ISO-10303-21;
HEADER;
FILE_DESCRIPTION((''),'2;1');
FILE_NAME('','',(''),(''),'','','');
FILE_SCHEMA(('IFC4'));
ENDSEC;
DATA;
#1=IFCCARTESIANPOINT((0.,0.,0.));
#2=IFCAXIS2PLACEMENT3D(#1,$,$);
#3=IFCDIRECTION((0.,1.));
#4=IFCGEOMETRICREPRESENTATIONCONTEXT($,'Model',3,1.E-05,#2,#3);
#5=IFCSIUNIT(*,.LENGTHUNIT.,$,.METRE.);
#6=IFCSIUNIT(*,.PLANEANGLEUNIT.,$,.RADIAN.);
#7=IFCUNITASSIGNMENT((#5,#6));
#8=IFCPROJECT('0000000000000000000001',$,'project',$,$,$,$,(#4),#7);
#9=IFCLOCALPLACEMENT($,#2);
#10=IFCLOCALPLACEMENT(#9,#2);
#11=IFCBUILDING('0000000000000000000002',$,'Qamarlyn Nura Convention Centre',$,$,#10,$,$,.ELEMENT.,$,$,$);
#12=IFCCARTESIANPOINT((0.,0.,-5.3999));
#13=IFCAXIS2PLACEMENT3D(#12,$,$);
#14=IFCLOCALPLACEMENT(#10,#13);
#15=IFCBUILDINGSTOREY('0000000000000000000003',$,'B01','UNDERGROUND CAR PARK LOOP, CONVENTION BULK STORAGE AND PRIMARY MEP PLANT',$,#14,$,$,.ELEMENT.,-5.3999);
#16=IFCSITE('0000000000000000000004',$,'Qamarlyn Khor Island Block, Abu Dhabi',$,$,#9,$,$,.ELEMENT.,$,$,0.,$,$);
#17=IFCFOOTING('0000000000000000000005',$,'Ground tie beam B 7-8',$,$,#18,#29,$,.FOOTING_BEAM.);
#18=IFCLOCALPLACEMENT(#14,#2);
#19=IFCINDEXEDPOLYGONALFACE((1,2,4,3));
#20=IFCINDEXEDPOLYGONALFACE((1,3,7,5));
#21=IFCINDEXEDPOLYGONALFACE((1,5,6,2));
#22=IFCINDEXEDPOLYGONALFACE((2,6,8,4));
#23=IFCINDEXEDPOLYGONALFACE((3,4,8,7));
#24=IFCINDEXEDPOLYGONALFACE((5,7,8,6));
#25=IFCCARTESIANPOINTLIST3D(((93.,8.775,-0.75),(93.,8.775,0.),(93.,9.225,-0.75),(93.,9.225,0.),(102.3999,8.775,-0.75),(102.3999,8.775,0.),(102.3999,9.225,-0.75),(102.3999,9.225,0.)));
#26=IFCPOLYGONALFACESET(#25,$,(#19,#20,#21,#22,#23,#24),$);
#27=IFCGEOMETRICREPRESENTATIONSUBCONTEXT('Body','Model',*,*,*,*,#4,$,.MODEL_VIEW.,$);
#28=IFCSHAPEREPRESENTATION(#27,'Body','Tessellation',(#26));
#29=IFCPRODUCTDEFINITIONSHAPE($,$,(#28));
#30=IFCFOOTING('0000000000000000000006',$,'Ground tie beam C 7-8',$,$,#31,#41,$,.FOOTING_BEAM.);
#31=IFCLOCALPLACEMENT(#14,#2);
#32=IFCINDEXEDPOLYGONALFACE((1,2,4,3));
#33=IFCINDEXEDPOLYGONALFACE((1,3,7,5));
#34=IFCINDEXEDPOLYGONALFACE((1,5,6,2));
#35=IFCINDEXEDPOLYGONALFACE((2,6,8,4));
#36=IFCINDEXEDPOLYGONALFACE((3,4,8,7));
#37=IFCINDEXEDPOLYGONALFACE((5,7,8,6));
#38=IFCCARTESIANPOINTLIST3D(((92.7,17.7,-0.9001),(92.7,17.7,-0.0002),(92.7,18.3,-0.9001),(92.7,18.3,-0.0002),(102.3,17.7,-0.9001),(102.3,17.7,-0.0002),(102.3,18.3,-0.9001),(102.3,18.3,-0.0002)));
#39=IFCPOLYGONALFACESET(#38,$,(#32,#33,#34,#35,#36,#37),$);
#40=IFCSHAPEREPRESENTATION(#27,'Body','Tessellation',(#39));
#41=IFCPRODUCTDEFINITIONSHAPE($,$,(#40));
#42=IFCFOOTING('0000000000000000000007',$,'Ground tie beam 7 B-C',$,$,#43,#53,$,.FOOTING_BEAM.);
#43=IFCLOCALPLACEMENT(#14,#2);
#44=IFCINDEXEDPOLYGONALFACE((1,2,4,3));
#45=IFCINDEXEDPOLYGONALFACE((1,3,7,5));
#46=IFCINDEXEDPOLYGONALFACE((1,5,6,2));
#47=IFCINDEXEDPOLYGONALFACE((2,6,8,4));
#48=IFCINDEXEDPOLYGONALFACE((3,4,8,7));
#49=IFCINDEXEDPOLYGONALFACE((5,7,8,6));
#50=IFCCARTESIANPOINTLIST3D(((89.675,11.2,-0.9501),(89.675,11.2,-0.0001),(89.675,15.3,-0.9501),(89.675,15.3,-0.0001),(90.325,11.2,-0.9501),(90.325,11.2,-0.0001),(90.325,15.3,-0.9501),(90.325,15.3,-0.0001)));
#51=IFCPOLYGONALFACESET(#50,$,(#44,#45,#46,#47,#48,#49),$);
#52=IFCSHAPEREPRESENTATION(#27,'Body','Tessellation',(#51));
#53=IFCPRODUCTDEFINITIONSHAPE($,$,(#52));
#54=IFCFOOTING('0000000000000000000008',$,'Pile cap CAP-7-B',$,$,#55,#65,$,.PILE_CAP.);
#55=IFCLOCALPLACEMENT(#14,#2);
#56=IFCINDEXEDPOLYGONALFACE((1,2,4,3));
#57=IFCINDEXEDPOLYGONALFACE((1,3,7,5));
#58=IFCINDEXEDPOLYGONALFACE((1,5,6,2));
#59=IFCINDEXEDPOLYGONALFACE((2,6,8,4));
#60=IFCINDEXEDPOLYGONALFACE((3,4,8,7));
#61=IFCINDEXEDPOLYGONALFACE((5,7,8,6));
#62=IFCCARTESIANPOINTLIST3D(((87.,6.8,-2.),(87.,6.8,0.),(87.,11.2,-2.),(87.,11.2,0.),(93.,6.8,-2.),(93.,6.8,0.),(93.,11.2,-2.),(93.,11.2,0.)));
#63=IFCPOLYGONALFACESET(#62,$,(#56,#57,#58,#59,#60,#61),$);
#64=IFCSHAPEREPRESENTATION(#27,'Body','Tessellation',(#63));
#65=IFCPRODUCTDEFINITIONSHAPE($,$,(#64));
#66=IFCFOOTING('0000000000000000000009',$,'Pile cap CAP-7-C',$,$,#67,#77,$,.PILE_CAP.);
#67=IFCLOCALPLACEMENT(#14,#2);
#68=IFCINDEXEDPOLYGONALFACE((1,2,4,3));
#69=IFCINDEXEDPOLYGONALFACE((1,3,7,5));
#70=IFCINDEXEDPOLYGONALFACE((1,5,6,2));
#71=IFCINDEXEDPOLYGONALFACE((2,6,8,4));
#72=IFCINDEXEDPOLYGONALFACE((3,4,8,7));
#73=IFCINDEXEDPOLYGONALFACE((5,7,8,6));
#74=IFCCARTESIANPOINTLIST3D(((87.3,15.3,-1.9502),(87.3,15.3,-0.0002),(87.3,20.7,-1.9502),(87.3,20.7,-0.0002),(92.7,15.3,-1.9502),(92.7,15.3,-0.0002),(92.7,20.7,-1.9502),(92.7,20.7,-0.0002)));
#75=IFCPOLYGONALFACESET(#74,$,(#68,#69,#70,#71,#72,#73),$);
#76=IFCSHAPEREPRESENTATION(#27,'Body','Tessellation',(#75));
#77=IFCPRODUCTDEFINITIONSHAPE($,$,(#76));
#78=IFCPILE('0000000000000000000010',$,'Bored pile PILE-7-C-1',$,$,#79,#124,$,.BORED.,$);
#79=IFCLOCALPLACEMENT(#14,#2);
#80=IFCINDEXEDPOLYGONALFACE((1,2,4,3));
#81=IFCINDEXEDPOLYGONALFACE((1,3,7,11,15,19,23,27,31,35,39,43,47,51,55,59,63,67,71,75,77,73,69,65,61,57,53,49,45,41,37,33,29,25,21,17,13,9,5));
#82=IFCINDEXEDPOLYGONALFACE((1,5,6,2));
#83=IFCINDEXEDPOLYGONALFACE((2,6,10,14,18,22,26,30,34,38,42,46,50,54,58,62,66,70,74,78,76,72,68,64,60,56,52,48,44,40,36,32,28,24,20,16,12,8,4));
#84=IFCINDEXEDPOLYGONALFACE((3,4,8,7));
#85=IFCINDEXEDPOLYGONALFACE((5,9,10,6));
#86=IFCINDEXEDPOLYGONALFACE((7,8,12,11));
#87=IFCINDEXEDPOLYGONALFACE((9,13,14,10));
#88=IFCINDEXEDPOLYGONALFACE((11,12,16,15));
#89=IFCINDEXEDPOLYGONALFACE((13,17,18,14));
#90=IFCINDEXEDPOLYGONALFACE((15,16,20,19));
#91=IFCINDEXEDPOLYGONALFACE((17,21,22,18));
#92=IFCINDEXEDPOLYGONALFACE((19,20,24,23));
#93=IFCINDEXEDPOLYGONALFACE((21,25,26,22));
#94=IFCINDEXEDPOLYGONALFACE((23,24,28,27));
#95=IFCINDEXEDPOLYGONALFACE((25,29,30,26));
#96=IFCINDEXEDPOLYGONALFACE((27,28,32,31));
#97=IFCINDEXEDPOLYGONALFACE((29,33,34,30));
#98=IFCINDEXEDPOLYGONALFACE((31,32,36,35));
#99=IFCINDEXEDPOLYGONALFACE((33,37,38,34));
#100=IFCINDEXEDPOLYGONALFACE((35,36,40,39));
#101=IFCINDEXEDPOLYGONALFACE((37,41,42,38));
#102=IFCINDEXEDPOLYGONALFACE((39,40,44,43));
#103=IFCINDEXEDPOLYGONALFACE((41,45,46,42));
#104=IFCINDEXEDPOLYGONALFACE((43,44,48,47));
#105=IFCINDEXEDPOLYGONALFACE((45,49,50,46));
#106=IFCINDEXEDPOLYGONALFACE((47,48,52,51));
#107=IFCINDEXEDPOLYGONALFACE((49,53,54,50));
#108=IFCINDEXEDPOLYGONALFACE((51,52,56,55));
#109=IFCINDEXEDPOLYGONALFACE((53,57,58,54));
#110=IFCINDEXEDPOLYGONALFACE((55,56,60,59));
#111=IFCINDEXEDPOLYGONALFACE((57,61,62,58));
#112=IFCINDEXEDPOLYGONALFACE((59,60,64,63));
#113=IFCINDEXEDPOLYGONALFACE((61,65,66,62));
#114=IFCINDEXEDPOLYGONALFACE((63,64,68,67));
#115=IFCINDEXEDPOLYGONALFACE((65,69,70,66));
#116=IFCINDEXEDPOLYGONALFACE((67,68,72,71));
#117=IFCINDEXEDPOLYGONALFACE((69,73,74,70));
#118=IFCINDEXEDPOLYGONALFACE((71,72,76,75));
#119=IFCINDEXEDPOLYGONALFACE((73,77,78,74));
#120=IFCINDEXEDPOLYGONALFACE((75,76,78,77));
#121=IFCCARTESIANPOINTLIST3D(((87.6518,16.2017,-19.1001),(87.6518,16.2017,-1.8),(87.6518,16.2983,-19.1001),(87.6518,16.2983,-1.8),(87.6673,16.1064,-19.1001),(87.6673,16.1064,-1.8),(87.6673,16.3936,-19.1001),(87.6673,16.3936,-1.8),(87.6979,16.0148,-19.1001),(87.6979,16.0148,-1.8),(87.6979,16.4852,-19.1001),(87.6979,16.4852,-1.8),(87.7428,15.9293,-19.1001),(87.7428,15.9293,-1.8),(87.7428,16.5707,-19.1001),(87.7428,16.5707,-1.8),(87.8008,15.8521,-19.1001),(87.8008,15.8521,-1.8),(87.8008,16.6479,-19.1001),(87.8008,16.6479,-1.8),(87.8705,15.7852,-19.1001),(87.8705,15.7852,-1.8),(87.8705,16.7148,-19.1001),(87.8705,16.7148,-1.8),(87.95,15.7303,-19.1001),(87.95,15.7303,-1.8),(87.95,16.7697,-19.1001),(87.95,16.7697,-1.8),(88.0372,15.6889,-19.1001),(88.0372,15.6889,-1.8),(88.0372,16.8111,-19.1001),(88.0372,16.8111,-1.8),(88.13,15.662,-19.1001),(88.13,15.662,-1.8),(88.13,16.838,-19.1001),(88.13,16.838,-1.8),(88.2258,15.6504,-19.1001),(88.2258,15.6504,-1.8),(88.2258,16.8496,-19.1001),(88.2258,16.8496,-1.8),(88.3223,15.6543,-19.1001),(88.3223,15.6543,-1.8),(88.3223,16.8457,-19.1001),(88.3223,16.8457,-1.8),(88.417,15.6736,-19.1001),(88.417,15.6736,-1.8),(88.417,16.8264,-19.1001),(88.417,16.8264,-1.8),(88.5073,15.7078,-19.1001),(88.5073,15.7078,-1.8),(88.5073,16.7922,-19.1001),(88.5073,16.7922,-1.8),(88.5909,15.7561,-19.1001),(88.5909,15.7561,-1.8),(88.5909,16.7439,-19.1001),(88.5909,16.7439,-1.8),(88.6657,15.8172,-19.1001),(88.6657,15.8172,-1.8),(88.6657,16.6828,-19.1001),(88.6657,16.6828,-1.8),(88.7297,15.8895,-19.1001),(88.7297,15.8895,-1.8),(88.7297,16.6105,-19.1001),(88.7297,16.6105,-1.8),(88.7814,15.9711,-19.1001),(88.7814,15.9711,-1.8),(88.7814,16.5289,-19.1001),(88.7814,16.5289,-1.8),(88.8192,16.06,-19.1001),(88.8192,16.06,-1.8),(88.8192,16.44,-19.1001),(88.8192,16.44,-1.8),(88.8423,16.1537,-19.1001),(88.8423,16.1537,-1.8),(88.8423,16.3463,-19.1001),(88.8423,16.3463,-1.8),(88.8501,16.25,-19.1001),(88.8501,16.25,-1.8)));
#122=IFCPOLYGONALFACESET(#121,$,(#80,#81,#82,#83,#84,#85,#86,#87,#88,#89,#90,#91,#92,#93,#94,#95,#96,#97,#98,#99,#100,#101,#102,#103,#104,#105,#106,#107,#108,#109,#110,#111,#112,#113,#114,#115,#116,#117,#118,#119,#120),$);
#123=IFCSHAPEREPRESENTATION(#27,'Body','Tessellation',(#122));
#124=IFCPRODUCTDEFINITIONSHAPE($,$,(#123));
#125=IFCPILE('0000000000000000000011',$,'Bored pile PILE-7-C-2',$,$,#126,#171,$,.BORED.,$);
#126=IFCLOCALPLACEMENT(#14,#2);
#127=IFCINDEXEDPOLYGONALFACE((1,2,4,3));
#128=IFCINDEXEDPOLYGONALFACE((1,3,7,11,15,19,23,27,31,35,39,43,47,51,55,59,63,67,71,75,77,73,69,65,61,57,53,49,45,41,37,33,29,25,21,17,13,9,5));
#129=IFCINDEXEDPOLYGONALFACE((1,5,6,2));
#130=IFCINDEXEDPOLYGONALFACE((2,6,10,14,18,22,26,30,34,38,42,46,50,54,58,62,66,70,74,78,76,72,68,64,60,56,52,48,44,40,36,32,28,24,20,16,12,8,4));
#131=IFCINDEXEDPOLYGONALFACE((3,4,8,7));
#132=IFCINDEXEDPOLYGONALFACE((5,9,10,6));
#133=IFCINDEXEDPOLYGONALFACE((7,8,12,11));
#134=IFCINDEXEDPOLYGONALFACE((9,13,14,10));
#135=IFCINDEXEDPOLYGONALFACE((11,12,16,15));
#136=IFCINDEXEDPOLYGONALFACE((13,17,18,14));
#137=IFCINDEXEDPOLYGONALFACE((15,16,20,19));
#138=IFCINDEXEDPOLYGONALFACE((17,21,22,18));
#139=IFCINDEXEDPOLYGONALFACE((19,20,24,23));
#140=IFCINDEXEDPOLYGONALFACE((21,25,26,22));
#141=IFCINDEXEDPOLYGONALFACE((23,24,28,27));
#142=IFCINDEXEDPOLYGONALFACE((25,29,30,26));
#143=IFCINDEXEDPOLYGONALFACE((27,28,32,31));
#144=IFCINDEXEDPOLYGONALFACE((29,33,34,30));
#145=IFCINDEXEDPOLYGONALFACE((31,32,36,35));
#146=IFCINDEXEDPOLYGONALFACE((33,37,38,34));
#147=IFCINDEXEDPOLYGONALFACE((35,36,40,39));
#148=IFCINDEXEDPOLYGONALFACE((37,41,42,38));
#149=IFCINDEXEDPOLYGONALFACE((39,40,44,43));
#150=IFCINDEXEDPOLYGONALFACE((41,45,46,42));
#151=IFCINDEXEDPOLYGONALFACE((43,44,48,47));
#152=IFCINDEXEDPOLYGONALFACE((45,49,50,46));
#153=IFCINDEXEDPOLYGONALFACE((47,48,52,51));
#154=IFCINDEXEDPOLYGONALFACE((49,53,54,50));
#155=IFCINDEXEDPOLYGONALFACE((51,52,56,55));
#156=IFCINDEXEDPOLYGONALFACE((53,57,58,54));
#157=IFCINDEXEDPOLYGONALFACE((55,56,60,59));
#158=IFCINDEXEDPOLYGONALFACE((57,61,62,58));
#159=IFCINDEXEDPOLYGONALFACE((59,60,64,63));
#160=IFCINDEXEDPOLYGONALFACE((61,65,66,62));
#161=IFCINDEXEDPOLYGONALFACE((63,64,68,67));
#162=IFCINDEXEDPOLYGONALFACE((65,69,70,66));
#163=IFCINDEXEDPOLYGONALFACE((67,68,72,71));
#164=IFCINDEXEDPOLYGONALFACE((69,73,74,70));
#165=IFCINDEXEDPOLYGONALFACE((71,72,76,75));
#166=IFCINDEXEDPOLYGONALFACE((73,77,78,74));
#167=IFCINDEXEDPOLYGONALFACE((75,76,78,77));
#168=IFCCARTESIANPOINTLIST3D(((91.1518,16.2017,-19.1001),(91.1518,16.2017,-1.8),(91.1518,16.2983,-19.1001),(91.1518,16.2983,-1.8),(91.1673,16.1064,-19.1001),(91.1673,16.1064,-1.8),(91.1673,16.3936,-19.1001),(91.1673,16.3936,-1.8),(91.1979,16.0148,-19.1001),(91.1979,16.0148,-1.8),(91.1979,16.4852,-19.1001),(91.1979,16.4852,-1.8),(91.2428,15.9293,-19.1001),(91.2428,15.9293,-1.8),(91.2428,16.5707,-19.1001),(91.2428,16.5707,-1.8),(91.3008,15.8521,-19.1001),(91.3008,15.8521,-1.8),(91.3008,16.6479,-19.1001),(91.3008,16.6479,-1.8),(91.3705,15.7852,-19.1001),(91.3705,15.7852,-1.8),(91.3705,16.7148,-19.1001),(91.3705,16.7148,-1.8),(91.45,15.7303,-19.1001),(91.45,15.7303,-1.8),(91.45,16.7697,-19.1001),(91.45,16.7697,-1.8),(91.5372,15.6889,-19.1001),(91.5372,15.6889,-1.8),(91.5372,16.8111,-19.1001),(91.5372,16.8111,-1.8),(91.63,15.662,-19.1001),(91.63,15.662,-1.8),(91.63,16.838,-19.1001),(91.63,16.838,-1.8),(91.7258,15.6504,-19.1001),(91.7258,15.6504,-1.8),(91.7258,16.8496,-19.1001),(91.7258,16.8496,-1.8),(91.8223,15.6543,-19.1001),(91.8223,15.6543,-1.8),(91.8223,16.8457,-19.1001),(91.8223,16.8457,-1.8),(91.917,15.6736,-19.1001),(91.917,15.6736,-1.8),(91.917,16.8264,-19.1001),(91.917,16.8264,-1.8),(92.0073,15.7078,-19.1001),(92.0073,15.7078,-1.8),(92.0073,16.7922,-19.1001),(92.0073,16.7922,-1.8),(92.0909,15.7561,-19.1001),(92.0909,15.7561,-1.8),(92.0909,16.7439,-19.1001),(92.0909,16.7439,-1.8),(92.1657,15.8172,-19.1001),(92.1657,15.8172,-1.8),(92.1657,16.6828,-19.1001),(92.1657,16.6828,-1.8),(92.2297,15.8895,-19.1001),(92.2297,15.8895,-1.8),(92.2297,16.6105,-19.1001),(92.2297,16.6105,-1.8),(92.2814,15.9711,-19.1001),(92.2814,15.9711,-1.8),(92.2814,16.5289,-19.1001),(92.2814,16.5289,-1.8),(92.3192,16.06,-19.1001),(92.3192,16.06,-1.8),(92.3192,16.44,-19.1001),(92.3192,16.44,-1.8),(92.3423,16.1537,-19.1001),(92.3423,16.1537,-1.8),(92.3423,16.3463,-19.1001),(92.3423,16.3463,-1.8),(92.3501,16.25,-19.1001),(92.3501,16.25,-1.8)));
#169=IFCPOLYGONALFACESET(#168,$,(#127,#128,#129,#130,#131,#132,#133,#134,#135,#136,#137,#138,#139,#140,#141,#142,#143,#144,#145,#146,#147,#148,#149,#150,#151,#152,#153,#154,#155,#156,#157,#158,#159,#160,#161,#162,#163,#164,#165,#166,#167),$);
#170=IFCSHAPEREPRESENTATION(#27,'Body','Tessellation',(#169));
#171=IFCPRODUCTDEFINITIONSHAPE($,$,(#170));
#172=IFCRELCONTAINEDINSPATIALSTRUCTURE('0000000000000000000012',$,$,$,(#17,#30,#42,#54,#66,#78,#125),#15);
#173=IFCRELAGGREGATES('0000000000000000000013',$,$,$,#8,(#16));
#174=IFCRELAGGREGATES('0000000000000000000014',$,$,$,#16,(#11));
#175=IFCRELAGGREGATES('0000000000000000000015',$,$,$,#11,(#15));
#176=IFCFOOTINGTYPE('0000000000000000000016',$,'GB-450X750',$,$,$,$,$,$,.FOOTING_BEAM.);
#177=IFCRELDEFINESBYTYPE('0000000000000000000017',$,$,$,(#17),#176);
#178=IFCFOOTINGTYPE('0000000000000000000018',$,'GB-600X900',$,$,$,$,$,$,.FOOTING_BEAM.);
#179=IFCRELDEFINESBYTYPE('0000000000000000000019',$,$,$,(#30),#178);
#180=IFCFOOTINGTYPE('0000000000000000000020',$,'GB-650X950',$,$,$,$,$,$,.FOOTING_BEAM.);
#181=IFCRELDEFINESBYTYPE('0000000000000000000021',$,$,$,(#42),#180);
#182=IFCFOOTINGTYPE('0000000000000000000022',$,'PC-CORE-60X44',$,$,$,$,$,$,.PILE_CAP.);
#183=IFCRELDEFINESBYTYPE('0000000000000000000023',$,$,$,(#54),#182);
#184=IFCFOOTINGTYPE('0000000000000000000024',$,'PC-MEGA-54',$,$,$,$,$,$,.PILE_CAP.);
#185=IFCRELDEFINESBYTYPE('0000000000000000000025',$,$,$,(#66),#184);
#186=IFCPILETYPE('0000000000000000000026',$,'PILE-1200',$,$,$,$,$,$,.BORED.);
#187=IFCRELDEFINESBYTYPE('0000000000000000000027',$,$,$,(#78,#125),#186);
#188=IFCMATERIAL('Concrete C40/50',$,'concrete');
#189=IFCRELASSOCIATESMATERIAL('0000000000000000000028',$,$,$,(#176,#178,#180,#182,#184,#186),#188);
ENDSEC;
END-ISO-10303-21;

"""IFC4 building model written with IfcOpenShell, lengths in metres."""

from ifc_helpers import new_model, si_unit, direction, frame, origin, origin_2d, place, context, subcontext, project, spatial, rectangle, circle, extrude, material, material_profile, profile_set, type_object, element, save


model = new_model("IFC4")

# Units and contexts
model_context = context("Model", 3, precision=1e-05, world=origin(), true_north=direction((0.0, 1.0)))
body_context = subcontext(model_context, "Body", "Model", "MODEL_VIEW")
ifc_project = project(units=[si_unit("LENGTHUNIT", "METRE"), si_unit("PLANEANGLEUNIT", "RADIAN")], contexts=[model_context])

# Site, building, storey
site_placement = place(None, origin())
site = spatial("IfcSite", under=ifc_project, at=site_placement, Name="Qamarlyn Khor Island Block, Abu Dhabi", CompositionType="ELEMENT", RefElevation=0.0)
building_placement = place(site_placement, origin())
building = spatial("IfcBuilding", under=site, at=building_placement, Name="Qamarlyn Nura Convention Centre", CompositionType="ELEMENT")
storey_placement = place(building_placement, frame((0.0, 0.0, -5.3999)))
storey = spatial("IfcBuildingStorey", under=building, at=storey_placement, Name="B01", Description="UNDERGROUND CAR PARK LOOP, CONVENTION BULK STORAGE AND PRIMARY MEP PLANT", CompositionType="ELEMENT", Elevation=-5.3999)

# Footings
ifc_material_1 = material(Name="Concrete C40/50", Category="concrete")
ifc_material_profile_1 = material_profile(ifc_material_1, rectangle(XDim=0.45, YDim=0.75, at=origin_2d()), Name="RC GB 450x750")
ifc_profile_set_1 = profile_set([ifc_material_profile_1], Name="Concrete C40/50")
footing_type_1 = type_object("IfcFootingType", Name="GB-450X750", PredefinedType="FOOTING_BEAM", material=ifc_profile_set_1)
footing_1_placement = place(storey_placement, frame((93.0, 9.0, -0.375), z_axis=(1.0, 0.0, 0.0), x_axis=(0.0, 1.0, 0.0)))
element("IfcFooting", 1, at=footing_1_placement, inside=storey, type_object=footing_type_1, Name="Ground tie beam B 7-8", PredefinedType="FOOTING_BEAM", context=body_context, shape_type="SweptSolid", body=[
    extrude(rectangle(XDim=0.45, YDim=0.75, at=origin_2d()), origin(), (0.0, 0.0, 1.0), 9.3999),
])
ifc_material_profile_2 = material_profile(ifc_material_1, rectangle(XDim=0.6001, YDim=0.8999, at=origin_2d()), Name="RC GB 600x900")
ifc_profile_set_2 = profile_set([ifc_material_profile_2], Name="Concrete C40/50")
footing_type_2 = type_object("IfcFootingType", Name="GB-600X900", PredefinedType="FOOTING_BEAM", material=ifc_profile_set_2)
footing_2_placement = place(storey_placement, frame((92.7, 18.0, -0.4502), z_axis=(1.0, 0.0, 0.0), x_axis=(0.0, 1.0, 0.0)))
element("IfcFooting", 2, at=footing_2_placement, inside=storey, type_object=footing_type_2, Name="Ground tie beam C 7-8", PredefinedType="FOOTING_BEAM", context=body_context, shape_type="SweptSolid", body=[
    extrude(rectangle(XDim=0.6001, YDim=0.8999, at=origin_2d()), origin(), (0.0, 0.0, 1.0), 9.6001),
])
ifc_material_profile_3 = material_profile(ifc_material_1, rectangle(XDim=0.6499, YDim=0.95, at=origin_2d()), Name="RC GB 650x950")
ifc_profile_set_3 = profile_set([ifc_material_profile_3], Name="Concrete C40/50")
footing_type_3 = type_object("IfcFootingType", Name="GB-650X950", PredefinedType="FOOTING_BEAM", material=ifc_profile_set_3)
footing_3_placement = place(storey_placement, frame((90.0, 11.2, -0.4751), z_axis=(0.0, 1.0, 0.0), x_axis=(-1.0, 0.0, 0.0)))
element("IfcFooting", 3, at=footing_3_placement, inside=storey, type_object=footing_type_3, Name="Ground tie beam 7 B-C", PredefinedType="FOOTING_BEAM", context=body_context, shape_type="SweptSolid", body=[
    extrude(rectangle(XDim=0.6499, YDim=0.95, at=origin_2d()), origin(), (0.0, 0.0, 1.0), 4.1001),
])
footing_type_4 = type_object("IfcFootingType", Name="PC-CORE-60X44", PredefinedType="PILE_CAP", material=ifc_material_1)
footing_4_placement = place(storey_placement, frame((90.0, 9.0, -2.0), z_axis=(0.0, 0.0, 1.0), x_axis=(1.0, 0.0, 0.0)))
element("IfcFooting", 4, at=footing_4_placement, inside=storey, type_object=footing_type_4, Name="Pile cap CAP-7-B", PredefinedType="PILE_CAP", context=body_context, shape_type="SweptSolid", body=[
    extrude(rectangle(XDim=6.0, YDim=4.3999, at=origin_2d()), origin(), (0.0, 0.0, 1.0), 2.0),
])
footing_type_5 = type_object("IfcFootingType", Name="PC-MEGA-54", PredefinedType="PILE_CAP", material=ifc_material_1)
footing_5_placement = place(storey_placement, frame((90.0, 18.0, -1.9502), z_axis=(0.0, 0.0, 1.0), x_axis=(1.0, 0.0, 0.0)))
element("IfcFooting", 5, at=footing_5_placement, inside=storey, type_object=footing_type_5, Name="Pile cap CAP-7-C", PredefinedType="PILE_CAP", context=body_context, shape_type="SweptSolid", body=[
    extrude(rectangle(XDim=5.3999, YDim=5.3999, at=origin_2d()), origin(), (0.0, 0.0, 1.0), 1.95),
])

# Piles
ifc_material_profile_4 = material_profile(ifc_material_1, circle(Radius=0.6001, at=origin_2d()), Name="BORED PILE 1200")
ifc_profile_set_4 = profile_set([ifc_material_profile_4], Name="Concrete C40/50")
pile_type_1 = type_object("IfcPileType", Name="PILE-1200", PredefinedType="BORED", material=ifc_profile_set_4)
for number, where, z_axis, x_axis, name in (
    (6, (88.25, 16.25, -1.8), (0.0, 0.0, -1.0), (1.0, 0.0, 0.0), "Bored pile PILE-7-C-1"),
    (7, (91.75, 16.25, -1.8), (0.0, 0.0, -1.0), (1.0, 0.0, 0.0), "Bored pile PILE-7-C-2"),
):
    element("IfcPile", number, at=place(storey_placement, frame(where, z_axis=z_axis, x_axis=x_axis)), inside=storey, type_object=pile_type_1, Name=name, PredefinedType="BORED", context=body_context, shape_type="SweptSolid", body=[
        extrude(circle(Radius=0.6001, at=origin_2d()), origin(), (0.0, 0.0, 1.0), 17.3),
    ])

save(model, "model.ifc")
